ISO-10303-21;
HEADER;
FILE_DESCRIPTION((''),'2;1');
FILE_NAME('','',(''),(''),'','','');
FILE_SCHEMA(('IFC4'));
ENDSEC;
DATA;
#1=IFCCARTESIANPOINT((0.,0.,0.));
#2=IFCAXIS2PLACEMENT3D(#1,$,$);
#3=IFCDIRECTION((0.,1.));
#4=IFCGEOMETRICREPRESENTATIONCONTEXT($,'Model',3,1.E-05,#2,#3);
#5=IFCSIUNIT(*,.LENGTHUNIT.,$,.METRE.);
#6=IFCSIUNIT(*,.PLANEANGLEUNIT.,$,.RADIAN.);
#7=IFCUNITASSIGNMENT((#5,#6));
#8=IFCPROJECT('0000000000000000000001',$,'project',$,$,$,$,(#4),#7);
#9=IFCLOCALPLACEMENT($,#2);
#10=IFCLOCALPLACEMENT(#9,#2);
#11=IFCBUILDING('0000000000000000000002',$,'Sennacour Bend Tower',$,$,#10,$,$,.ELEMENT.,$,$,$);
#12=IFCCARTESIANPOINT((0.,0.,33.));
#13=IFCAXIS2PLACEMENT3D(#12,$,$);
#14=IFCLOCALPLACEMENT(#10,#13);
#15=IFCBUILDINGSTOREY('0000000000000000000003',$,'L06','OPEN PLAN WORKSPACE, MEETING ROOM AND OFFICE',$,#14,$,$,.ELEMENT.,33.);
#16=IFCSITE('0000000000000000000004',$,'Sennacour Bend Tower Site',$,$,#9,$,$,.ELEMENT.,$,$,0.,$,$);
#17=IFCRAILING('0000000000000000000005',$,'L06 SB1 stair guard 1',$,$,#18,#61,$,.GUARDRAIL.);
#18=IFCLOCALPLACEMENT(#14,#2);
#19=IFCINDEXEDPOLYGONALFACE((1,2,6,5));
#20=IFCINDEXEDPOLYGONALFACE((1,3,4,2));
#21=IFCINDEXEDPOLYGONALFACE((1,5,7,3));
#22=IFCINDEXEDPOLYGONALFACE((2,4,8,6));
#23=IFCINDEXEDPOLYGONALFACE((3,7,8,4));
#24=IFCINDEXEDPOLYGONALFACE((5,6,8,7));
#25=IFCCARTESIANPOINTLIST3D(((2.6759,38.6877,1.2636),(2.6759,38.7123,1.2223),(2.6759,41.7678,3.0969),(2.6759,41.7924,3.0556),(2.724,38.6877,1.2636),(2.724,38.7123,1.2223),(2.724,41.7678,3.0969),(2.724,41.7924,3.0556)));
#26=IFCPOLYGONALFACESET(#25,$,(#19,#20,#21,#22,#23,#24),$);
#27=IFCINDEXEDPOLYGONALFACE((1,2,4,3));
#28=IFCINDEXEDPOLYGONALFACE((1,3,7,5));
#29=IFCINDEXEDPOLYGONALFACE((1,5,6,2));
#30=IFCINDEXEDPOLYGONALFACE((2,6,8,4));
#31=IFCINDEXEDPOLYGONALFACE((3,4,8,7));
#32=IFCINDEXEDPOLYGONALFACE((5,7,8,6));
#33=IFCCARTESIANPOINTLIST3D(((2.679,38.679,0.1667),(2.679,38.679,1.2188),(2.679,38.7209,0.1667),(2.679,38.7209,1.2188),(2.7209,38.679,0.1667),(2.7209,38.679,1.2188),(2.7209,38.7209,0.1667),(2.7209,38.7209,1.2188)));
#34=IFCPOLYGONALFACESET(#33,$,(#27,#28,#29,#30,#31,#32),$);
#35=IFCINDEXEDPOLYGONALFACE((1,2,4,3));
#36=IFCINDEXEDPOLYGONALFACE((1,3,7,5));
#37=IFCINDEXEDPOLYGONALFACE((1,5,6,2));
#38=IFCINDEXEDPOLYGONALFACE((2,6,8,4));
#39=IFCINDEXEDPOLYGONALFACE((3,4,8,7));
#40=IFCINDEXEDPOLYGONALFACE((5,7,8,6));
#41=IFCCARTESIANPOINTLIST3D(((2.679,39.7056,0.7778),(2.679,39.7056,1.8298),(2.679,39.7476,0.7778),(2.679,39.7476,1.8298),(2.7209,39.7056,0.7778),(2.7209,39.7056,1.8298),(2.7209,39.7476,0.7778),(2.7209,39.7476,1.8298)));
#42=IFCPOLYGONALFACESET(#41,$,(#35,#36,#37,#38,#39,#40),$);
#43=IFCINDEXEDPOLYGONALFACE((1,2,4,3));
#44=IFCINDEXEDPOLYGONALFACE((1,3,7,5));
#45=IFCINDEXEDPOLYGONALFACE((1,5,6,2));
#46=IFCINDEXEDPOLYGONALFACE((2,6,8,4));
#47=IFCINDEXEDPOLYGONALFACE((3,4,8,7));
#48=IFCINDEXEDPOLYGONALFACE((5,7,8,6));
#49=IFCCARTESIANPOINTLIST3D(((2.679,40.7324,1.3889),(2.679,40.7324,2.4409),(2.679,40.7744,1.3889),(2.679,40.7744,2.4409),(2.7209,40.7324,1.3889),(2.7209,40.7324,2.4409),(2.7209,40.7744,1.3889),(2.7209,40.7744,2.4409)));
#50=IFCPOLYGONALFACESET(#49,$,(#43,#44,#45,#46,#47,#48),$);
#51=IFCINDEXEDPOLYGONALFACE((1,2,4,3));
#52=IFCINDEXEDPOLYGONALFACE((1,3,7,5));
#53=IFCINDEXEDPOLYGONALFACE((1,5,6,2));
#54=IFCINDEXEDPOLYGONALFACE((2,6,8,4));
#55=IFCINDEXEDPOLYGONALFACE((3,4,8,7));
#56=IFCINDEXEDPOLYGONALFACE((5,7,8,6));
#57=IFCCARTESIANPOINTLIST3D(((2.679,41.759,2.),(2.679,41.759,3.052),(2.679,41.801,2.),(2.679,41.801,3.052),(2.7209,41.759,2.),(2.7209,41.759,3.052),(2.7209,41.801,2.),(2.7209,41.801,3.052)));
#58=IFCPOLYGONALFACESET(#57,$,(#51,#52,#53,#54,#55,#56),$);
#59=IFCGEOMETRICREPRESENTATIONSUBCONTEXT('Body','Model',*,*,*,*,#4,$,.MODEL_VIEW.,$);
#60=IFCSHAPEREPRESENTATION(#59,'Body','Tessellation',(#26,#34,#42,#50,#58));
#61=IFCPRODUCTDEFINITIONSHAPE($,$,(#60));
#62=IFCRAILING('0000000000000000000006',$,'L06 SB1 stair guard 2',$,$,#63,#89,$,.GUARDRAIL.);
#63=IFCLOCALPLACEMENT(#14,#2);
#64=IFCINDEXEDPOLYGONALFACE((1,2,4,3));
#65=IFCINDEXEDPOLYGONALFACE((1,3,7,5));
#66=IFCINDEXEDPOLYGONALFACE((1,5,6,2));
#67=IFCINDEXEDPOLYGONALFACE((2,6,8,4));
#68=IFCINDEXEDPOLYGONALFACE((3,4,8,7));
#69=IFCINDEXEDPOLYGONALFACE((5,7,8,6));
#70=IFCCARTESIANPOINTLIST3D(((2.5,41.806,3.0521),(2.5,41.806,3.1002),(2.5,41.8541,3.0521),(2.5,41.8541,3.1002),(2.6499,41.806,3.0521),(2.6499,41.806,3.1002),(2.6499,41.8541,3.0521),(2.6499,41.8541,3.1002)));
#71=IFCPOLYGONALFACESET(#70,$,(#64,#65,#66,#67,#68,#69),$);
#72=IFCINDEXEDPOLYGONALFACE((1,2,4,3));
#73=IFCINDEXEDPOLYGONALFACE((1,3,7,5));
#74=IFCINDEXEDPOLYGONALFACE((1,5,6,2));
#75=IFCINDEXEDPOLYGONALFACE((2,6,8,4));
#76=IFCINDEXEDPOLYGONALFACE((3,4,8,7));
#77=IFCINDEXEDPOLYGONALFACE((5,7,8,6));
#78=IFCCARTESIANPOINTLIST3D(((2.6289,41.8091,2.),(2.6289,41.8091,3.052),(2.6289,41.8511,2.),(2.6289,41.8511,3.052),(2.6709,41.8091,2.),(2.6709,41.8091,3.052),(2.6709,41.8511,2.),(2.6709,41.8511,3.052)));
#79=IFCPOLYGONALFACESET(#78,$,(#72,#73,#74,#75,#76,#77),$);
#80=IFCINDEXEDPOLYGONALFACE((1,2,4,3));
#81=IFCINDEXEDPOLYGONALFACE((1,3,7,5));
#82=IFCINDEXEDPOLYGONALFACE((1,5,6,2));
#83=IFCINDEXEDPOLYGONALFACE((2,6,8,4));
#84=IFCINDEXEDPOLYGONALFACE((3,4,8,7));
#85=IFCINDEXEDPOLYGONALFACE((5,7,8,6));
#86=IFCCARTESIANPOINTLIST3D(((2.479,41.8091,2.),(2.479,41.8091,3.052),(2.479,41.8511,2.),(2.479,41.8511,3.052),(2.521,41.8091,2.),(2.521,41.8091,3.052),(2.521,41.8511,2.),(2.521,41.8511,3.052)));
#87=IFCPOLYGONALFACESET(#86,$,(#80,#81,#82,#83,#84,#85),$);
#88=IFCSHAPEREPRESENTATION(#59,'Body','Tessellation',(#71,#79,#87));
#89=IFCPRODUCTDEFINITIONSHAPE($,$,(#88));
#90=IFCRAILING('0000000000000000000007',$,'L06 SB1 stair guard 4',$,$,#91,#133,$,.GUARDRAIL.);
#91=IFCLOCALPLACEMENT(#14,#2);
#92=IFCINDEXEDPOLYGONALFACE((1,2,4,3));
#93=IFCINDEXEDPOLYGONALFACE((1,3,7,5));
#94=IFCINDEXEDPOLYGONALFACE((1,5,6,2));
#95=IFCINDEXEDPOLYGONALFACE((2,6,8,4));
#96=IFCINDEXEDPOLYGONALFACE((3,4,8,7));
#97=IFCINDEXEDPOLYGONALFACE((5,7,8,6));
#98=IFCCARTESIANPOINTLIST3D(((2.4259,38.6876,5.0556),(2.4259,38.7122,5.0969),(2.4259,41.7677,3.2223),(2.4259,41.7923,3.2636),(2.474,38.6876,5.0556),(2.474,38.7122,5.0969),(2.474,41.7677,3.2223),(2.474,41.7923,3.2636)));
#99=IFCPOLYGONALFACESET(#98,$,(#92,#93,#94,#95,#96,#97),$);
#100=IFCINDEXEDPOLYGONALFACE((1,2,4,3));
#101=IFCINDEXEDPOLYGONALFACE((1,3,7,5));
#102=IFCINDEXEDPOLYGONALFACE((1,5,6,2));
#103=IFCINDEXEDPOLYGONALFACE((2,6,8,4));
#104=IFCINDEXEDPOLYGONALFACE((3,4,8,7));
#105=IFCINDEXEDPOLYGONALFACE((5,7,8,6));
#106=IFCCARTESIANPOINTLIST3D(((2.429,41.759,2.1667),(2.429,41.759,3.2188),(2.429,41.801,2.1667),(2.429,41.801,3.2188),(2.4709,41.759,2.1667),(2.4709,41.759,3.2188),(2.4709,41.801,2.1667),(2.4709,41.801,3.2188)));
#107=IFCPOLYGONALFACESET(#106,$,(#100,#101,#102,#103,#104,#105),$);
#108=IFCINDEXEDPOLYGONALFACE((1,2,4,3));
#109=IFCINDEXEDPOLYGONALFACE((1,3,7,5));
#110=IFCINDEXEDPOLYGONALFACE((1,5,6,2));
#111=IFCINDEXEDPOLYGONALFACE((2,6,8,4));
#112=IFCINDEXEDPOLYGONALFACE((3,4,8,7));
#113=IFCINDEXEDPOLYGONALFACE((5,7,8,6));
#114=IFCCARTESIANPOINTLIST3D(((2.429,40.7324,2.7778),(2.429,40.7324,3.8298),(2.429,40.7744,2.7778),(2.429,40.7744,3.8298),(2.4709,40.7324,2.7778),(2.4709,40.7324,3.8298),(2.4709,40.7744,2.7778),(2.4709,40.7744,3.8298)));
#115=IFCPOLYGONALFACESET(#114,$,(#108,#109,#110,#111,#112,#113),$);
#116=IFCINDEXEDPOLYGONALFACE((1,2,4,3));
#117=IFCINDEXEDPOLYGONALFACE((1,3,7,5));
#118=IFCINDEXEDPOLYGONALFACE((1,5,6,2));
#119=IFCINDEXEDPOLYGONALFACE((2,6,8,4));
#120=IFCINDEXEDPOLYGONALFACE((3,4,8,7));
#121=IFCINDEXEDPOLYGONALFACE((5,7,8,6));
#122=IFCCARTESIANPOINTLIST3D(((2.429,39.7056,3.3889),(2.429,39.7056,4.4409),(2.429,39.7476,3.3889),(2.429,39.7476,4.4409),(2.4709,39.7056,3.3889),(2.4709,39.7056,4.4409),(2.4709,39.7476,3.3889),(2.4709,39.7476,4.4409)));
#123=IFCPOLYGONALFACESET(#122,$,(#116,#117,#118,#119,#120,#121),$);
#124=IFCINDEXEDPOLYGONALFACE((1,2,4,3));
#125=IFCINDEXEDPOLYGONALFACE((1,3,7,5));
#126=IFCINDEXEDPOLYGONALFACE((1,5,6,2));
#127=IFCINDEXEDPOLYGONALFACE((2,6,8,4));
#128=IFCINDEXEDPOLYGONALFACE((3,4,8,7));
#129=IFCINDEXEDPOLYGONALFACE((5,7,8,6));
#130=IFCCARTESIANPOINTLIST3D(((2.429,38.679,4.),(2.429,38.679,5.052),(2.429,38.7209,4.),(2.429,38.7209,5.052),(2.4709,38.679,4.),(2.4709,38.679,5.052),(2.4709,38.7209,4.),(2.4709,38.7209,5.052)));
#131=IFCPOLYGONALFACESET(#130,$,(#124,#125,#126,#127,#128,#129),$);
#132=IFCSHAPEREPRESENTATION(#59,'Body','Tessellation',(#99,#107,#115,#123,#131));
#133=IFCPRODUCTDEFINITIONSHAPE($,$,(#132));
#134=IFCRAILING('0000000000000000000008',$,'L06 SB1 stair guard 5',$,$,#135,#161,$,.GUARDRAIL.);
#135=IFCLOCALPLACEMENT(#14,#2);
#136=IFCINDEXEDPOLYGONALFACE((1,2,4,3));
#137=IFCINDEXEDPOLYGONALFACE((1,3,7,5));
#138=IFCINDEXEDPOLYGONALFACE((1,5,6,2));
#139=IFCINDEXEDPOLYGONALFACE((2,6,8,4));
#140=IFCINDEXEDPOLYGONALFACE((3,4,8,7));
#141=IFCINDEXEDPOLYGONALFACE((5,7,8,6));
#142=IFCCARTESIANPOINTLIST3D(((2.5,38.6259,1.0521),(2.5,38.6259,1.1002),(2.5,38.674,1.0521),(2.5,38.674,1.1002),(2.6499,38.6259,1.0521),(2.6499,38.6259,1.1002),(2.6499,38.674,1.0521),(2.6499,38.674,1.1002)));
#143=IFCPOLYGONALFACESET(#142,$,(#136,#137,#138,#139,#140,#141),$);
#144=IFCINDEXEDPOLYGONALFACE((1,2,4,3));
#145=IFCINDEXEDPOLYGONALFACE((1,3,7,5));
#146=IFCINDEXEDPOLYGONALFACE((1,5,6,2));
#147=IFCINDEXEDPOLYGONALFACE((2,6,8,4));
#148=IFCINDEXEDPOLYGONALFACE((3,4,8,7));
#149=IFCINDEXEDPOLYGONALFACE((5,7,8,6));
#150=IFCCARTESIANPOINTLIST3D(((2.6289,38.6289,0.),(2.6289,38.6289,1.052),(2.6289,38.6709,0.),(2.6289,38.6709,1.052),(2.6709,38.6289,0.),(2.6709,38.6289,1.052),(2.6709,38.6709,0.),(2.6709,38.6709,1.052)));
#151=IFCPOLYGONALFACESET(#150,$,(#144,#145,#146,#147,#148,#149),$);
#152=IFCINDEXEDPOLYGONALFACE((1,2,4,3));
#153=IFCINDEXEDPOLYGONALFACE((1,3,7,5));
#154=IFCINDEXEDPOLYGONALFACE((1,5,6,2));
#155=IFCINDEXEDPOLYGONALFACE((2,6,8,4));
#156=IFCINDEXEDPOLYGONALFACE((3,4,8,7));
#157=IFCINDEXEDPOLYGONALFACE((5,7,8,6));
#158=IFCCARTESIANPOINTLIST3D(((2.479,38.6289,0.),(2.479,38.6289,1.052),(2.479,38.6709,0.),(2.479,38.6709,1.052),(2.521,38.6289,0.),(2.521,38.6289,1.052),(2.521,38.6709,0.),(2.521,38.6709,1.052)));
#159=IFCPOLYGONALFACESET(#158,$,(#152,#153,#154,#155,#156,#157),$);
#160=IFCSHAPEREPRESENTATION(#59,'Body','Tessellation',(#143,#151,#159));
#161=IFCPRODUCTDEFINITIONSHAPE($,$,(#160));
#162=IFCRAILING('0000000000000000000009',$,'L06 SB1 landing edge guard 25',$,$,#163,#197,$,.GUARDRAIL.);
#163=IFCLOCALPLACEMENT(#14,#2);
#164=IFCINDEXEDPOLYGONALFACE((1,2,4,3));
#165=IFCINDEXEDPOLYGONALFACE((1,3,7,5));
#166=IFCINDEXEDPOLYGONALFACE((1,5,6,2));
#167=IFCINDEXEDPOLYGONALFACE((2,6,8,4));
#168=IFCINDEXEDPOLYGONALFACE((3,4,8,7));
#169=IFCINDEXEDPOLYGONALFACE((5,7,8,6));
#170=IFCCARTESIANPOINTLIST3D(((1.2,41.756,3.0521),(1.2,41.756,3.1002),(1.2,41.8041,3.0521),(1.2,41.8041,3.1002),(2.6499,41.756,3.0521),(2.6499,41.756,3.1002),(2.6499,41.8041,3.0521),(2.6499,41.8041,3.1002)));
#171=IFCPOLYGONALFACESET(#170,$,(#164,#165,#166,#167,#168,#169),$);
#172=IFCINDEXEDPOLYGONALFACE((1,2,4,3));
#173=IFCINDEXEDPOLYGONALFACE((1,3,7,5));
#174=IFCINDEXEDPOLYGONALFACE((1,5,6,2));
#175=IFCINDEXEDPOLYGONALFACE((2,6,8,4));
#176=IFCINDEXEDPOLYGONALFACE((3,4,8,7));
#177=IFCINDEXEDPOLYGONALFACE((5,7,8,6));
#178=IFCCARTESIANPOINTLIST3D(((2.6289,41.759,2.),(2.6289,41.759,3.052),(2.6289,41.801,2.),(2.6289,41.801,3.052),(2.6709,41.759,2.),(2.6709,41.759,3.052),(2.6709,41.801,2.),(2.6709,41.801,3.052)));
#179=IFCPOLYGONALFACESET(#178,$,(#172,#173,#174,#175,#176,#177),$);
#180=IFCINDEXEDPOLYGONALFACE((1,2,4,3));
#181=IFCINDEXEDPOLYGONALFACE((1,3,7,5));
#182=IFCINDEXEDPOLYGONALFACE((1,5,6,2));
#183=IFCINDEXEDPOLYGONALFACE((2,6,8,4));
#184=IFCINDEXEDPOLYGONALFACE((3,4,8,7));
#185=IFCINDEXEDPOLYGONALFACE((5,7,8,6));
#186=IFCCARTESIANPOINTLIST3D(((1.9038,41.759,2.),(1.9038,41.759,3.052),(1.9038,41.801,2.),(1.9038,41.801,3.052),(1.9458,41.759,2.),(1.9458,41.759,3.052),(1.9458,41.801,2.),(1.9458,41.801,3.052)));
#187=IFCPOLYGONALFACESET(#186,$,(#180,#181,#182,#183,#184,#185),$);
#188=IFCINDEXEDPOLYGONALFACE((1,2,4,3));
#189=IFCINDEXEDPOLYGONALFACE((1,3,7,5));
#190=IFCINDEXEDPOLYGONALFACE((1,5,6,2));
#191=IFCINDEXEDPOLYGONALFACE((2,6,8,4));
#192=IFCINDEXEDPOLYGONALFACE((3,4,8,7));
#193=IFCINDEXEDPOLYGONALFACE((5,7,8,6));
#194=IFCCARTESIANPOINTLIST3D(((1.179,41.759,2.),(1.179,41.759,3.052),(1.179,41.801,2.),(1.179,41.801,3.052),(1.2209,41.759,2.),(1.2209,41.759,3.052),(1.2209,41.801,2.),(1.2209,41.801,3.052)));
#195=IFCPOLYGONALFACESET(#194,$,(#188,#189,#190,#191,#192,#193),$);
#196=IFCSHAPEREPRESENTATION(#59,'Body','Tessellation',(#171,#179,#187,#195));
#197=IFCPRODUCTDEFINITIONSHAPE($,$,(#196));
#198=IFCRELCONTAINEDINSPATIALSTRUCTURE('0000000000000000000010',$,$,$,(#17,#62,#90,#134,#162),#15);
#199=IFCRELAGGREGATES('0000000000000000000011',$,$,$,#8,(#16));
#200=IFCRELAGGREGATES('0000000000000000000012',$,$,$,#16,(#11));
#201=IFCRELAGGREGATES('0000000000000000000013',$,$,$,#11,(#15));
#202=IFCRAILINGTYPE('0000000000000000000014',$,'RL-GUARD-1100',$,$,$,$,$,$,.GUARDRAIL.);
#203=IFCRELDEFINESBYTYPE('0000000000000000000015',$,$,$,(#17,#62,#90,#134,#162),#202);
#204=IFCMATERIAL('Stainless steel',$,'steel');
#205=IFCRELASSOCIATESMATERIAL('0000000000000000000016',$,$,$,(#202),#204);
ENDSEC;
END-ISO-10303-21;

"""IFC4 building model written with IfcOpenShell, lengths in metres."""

from ifc_helpers import new_model, si_unit, direction, frame, origin, origin_2d, place, context, subcontext, project, spatial, rectangle, extrude, material, type_object, element, save


model = new_model("IFC4")

# Units and contexts
model_context = context("Model", 3, precision=1e-05, world=origin(), true_north=direction((0.0, 1.0)))
body_context = subcontext(model_context, "Body", "Model", "MODEL_VIEW")
ifc_project = project(units=[si_unit("LENGTHUNIT", "METRE"), si_unit("PLANEANGLEUNIT", "RADIAN")], contexts=[model_context])

# Site, building, storey
site_placement = place(None, origin())
site = spatial("IfcSite", under=ifc_project, at=site_placement, Name="Sennacour Bend Tower Site", CompositionType="ELEMENT", RefElevation=0.0)
building_placement = place(site_placement, origin())
building = spatial("IfcBuilding", under=site, at=building_placement, Name="Sennacour Bend Tower", CompositionType="ELEMENT")
storey_placement = place(building_placement, frame((0.0, 0.0, 33.0)))
storey = spatial("IfcBuildingStorey", under=building, at=storey_placement, Name="L06", Description="OPEN PLAN WORKSPACE, MEETING ROOM AND OFFICE", CompositionType="ELEMENT", Elevation=33.0)

# Shared definitions
ifc_material_1 = material(Name="Stainless steel", Category="steel")

# Railings
railing_type_1 = type_object("IfcRailingType", Name="RL-GUARD-1100", PredefinedType="GUARDRAIL", material=ifc_material_1)
railing_1_placement = place(storey_placement, frame((2.7, 38.7, 0.1667)))
element("IfcRailing", 1, at=railing_1_placement, inside=storey, type_object=railing_type_1, Name="L06 SB1 stair guard 1", PredefinedType="GUARDRAIL", context=body_context, shape_type="SweptSolid", body=[
    extrude(rectangle(XDim=0.0481, YDim=0.0481, at=origin_2d()), frame((0.0, 0.0, 1.0762), z_axis=(0.0, 0.859309, 0.511458), x_axis=(-1.0, 0.0, 0.0)), (0.0, 0.0, 1.0), 3.5845),
    extrude(rectangle(XDim=0.042, YDim=0.042, at=origin_2d()), origin(), (0.0, 0.0, 1.0), 1.052),
    extrude(rectangle(XDim=0.042, YDim=0.042, at=origin_2d()), frame((0.0, 1.0266, 0.6111)), (0.0, 0.0, 1.0), 1.052),
    extrude(rectangle(XDim=0.042, YDim=0.042, at=origin_2d()), frame((0.0, 2.0535, 1.2222)), (0.0, 0.0, 1.0), 1.052),
    extrude(rectangle(XDim=0.042, YDim=0.042, at=origin_2d()), frame((0.0, 3.0801, 1.8333)), (0.0, 0.0, 1.0), 1.052),
])
railing_2_placement = place(storey_placement, frame((2.6499, 41.8301, 2.0)))
element("IfcRailing", 2, at=railing_2_placement, inside=storey, type_object=railing_type_1, Name="L06 SB1 stair guard 2", PredefinedType="GUARDRAIL", context=body_context, shape_type="SweptSolid", body=[
    extrude(rectangle(XDim=0.0481, YDim=0.0481, at=origin_2d()), frame((0.0, 0.0, 1.0762), z_axis=(-1.0, 0.0, 0.0), x_axis=(0.0, -1.0, 0.0)), (0.0, 0.0, 1.0), 0.1499),
    extrude(rectangle(XDim=0.042, YDim=0.042, at=origin_2d()), origin(), (0.0, 0.0, 1.0), 1.052),
    extrude(rectangle(XDim=0.042, YDim=0.042, at=origin_2d()), frame((-0.1499, 0.0, 0.0)), (0.0, 0.0, 1.0), 1.052),
])
railing_3_placement = place(storey_placement, frame((2.45, 41.78, 2.1667)))
element("IfcRailing", 3, at=railing_3_placement, inside=storey, type_object=railing_type_1, Name="L06 SB1 stair guard 4", PredefinedType="GUARDRAIL", context=body_context, shape_type="SweptSolid", body=[
    extrude(rectangle(XDim=0.0481, YDim=0.0481, at=origin_2d()), frame((0.0, 0.0, 1.0762), z_axis=(0.0, -0.859309, 0.511458), x_axis=(1.0, 0.0, 0.0)), (0.0, 0.0, 1.0), 3.5845),
    extrude(rectangle(XDim=0.042, YDim=0.042, at=origin_2d()), origin(), (0.0, 0.0, 1.0), 1.052),
    extrude(rectangle(XDim=0.042, YDim=0.042, at=origin_2d()), frame((0.0, -1.0266, 0.6111)), (0.0, 0.0, 1.0), 1.052),
    extrude(rectangle(XDim=0.042, YDim=0.042, at=origin_2d()), frame((0.0, -2.0535, 1.2222)), (0.0, 0.0, 1.0), 1.052),
    extrude(rectangle(XDim=0.042, YDim=0.042, at=origin_2d()), frame((0.0, -3.0801, 1.8333)), (0.0, 0.0, 1.0), 1.052),
])
railing_4_placement = place(storey_placement, frame((2.6499, 38.6499, 0.0)))
element("IfcRailing", 4, at=railing_4_placement, inside=storey, type_object=railing_type_1, Name="L06 SB1 stair guard 5", PredefinedType="GUARDRAIL", context=body_context, shape_type="SweptSolid", body=[
    extrude(rectangle(XDim=0.0481, YDim=0.0481, at=origin_2d()), frame((0.0, 0.0, 1.0762), z_axis=(-1.0, 0.0, 0.0), x_axis=(0.0, -1.0, 0.0)), (0.0, 0.0, 1.0), 0.1499),
    extrude(rectangle(XDim=0.042, YDim=0.042, at=origin_2d()), origin(), (0.0, 0.0, 1.0), 1.052),
    extrude(rectangle(XDim=0.042, YDim=0.042, at=origin_2d()), frame((-0.1499, 0.0, 0.0)), (0.0, 0.0, 1.0), 1.052),
])
railing_5_placement = place(storey_placement, frame((2.6499, 41.78, 2.0)))
element("IfcRailing", 5, at=railing_5_placement, inside=storey, type_object=railing_type_1, Name="L06 SB1 landing edge guard 25", PredefinedType="GUARDRAIL", context=body_context, shape_type="SweptSolid", body=[
    extrude(rectangle(XDim=0.0481, YDim=0.0481, at=origin_2d()), frame((0.0, 0.0, 1.0762), z_axis=(-1.0, 0.0, 0.0), x_axis=(0.0, -1.0, 0.0)), (0.0, 0.0, 1.0), 1.45),
    extrude(rectangle(XDim=0.042, YDim=0.042, at=origin_2d()), origin(), (0.0, 0.0, 1.0), 1.052),
    extrude(rectangle(XDim=0.042, YDim=0.042, at=origin_2d()), frame((-0.7251, 0.0, 0.0)), (0.0, 0.0, 1.0), 1.052),
    extrude(rectangle(XDim=0.042, YDim=0.042, at=origin_2d()), frame((-1.45, 0.0, 0.0)), (0.0, 0.0, 1.0), 1.052),
])

save(model, "model.ifc")
